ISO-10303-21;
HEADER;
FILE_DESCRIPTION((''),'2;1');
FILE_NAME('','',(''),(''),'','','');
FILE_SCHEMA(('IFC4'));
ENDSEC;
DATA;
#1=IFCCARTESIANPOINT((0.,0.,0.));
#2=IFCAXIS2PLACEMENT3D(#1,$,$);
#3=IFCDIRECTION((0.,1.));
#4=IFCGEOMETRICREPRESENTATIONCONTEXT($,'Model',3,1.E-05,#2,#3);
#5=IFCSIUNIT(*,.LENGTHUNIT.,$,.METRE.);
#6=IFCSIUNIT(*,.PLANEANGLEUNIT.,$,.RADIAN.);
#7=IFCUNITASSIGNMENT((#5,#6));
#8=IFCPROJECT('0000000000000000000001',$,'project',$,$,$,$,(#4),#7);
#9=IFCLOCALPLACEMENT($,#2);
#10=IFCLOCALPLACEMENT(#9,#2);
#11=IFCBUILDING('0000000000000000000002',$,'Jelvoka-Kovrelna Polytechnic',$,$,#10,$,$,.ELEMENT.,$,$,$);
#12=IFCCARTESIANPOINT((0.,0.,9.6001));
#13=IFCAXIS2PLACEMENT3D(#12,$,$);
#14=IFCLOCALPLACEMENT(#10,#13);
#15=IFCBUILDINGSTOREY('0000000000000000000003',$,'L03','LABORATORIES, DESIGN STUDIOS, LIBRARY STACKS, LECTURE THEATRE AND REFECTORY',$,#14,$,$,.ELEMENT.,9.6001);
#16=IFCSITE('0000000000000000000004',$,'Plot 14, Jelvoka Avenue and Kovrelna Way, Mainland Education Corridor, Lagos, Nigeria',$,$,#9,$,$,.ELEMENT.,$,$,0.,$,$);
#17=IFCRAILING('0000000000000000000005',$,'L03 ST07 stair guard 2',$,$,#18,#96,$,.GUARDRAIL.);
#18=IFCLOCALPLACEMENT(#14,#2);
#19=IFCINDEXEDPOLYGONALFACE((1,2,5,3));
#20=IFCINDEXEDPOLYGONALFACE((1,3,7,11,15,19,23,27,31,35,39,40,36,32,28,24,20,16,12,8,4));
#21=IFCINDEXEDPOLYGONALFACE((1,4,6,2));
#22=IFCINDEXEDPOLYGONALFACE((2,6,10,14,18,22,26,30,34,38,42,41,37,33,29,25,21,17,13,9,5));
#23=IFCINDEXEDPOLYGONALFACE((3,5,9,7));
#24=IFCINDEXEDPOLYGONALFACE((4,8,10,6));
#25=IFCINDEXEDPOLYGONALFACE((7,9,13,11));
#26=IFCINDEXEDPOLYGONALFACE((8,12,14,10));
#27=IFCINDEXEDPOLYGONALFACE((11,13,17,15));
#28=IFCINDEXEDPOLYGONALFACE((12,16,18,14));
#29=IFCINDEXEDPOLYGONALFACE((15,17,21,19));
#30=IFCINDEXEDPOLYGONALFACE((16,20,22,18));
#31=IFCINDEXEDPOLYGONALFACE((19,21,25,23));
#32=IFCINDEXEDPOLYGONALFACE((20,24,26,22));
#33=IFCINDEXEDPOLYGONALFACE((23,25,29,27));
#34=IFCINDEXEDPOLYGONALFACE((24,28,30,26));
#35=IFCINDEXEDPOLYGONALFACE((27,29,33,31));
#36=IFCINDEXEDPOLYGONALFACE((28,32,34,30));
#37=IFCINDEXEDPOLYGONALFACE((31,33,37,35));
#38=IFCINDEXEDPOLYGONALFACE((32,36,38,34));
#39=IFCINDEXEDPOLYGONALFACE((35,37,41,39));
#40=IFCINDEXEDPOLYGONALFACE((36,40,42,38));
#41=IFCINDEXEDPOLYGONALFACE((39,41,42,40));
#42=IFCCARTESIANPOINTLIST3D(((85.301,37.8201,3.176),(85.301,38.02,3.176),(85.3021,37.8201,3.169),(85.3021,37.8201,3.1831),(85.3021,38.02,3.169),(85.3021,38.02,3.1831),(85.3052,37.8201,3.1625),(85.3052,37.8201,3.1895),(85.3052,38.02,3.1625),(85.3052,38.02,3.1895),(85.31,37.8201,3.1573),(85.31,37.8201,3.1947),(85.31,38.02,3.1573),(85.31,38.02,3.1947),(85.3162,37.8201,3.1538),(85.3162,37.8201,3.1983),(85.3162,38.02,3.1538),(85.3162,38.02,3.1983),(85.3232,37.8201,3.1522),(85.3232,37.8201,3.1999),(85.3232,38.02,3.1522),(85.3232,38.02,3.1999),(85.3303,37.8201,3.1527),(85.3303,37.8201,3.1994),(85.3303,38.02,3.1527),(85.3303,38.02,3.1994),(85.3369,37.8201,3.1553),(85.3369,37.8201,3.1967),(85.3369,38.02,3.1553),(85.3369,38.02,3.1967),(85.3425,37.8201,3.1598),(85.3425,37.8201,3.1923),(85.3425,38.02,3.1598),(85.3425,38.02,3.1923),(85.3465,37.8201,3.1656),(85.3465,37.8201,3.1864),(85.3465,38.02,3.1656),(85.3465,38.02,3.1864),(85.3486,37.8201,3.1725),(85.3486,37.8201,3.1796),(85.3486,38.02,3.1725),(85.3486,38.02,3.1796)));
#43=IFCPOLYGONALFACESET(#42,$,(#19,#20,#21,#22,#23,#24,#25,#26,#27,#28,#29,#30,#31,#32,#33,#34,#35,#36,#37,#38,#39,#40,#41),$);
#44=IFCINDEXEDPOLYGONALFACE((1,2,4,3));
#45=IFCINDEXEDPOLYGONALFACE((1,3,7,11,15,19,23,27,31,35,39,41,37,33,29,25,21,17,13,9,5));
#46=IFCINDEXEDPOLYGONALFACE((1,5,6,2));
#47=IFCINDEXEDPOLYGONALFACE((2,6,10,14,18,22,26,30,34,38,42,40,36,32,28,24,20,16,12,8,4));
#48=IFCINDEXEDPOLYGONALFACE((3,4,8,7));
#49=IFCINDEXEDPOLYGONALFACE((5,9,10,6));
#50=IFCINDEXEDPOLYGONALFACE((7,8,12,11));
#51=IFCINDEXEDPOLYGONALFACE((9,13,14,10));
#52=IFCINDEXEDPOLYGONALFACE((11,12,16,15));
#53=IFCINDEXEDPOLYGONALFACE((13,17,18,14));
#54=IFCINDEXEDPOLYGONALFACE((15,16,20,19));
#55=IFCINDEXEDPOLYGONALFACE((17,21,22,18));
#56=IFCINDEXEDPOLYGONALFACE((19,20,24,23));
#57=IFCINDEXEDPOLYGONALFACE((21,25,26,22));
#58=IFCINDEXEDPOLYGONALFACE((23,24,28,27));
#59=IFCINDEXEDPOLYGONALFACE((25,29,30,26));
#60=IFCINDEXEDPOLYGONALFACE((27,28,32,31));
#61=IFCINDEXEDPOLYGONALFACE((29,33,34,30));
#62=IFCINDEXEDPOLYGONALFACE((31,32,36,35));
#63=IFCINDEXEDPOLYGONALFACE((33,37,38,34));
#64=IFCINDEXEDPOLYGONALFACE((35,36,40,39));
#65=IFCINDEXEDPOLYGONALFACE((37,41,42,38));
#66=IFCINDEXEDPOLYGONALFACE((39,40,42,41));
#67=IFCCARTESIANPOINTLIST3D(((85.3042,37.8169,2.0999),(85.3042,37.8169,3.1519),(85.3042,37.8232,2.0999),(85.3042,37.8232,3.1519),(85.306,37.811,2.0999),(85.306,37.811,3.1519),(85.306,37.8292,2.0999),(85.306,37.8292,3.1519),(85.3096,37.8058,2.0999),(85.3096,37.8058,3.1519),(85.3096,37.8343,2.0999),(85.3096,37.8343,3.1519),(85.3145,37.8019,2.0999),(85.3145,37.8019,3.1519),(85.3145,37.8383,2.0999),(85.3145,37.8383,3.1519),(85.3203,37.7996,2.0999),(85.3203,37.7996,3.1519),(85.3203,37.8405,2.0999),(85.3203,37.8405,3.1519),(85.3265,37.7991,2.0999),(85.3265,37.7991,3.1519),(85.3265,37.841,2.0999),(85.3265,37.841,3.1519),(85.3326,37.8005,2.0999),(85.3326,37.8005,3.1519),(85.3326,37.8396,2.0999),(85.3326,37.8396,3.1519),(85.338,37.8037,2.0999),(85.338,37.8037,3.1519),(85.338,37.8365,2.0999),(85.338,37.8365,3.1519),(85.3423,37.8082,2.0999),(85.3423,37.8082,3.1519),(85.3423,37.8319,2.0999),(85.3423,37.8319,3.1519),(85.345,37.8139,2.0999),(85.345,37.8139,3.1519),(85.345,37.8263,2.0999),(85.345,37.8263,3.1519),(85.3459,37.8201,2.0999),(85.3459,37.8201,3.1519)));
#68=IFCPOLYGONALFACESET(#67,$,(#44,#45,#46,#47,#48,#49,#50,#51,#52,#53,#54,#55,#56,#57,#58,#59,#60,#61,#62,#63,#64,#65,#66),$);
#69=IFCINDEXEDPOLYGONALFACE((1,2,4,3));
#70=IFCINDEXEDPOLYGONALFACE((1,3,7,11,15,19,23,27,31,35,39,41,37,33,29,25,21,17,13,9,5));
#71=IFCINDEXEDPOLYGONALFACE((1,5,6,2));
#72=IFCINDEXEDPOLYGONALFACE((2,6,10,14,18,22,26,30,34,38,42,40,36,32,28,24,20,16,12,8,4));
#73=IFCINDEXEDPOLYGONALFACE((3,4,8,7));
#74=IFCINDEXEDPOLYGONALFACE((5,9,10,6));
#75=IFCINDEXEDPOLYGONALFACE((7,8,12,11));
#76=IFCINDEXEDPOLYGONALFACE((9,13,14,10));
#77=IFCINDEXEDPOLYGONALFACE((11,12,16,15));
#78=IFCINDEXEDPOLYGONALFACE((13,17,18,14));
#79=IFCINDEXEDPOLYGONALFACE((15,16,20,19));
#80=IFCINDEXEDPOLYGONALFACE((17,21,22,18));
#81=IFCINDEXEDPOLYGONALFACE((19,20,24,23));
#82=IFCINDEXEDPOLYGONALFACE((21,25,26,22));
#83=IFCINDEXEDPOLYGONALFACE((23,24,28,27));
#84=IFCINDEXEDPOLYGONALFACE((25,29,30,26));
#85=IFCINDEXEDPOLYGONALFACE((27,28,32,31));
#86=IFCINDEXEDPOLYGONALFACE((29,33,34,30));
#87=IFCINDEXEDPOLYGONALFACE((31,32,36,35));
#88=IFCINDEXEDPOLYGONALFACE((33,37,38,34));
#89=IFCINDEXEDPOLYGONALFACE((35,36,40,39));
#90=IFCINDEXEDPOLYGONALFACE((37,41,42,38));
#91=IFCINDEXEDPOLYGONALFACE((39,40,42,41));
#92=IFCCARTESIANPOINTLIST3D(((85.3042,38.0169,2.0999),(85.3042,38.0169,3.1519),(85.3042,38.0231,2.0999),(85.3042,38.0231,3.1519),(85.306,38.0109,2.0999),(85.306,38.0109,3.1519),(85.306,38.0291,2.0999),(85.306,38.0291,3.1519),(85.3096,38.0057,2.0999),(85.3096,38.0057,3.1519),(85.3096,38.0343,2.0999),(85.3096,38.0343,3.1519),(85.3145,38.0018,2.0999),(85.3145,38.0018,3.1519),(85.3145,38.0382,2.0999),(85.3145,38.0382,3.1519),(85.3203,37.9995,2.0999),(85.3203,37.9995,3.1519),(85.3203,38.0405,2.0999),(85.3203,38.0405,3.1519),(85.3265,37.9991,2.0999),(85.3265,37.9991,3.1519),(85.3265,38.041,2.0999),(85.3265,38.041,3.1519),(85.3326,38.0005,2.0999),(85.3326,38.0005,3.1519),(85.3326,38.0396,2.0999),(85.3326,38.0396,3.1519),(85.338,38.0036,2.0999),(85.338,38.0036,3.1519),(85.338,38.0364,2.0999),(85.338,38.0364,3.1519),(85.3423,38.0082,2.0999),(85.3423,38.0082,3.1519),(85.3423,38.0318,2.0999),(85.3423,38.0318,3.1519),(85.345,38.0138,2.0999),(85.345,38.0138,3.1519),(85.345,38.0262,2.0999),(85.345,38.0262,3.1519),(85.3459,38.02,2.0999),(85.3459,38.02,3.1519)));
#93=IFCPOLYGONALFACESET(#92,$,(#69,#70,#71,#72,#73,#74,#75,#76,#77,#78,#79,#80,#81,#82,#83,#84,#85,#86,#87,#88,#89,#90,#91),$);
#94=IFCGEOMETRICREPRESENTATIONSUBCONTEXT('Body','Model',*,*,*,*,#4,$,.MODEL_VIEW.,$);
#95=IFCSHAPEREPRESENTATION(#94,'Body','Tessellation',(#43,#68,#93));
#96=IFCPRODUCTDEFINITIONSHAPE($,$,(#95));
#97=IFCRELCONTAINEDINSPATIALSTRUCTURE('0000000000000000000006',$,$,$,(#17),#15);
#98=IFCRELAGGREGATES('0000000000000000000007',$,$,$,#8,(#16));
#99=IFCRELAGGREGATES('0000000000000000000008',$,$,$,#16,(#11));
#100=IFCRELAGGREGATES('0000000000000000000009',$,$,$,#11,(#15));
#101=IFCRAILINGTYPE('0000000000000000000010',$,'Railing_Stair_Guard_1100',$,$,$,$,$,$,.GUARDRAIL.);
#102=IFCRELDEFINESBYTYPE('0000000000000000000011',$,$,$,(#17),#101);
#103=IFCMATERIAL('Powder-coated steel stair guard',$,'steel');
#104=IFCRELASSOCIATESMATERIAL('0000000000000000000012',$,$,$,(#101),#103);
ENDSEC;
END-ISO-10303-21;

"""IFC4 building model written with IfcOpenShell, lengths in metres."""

from ifc_helpers import new_model, si_unit, direction, frame, origin, origin_2d, place, context, subcontext, project, spatial, circle, extrude, material, type_object, element, save


model = new_model("IFC4")

# Units and contexts
model_context = context("Model", 3, precision=1e-05, world=origin(), true_north=direction((0.0, 1.0)))
body_context = subcontext(model_context, "Body", "Model", "MODEL_VIEW")
ifc_project = project(units=[si_unit("LENGTHUNIT", "METRE"), si_unit("PLANEANGLEUNIT", "RADIAN")], contexts=[model_context])

# Site, building, storey
site_placement = place(None, origin())
site = spatial("IfcSite", under=ifc_project, at=site_placement, Name="Plot 14, Jelvoka Avenue and Kovrelna Way, Mainland Education Corridor, Lagos, Nigeria", CompositionType="ELEMENT", RefElevation=0.0)
building_placement = place(site_placement, origin())
building = spatial("IfcBuilding", under=site, at=building_placement, Name="Jelvoka-Kovrelna Polytechnic", CompositionType="ELEMENT")
storey_placement = place(building_placement, frame((0.0, 0.0, 9.6001)))
storey = spatial("IfcBuildingStorey", under=building, at=storey_placement, Name="L03", Description="LABORATORIES, DESIGN STUDIOS, LIBRARY STACKS, LECTURE THEATRE AND REFECTORY", CompositionType="ELEMENT", Elevation=9.6001)

# Railing
ifc_material_1 = material(Name="Powder-coated steel stair guard", Category="steel")
railing_type_1 = type_object("IfcRailingType", Name="Railing_Stair_Guard_1100", PredefinedType="GUARDRAIL", material=ifc_material_1)
railing_1_placement = place(storey_placement, frame((85.325, 37.8201, 2.0999)))
element("IfcRailing", 1, at=railing_1_placement, inside=storey, type_object=railing_type_1, Name="L03 ST07 stair guard 2", PredefinedType="GUARDRAIL", context=body_context, shape_type="SweptSolid", body=[
    extrude(circle(Radius=0.0239, at=origin_2d()), frame((0.0, 0.0, 1.0762), z_axis=(0.0, 1.0, 0.0), x_axis=(-1.0, 0.0, 0.0)), (0.0, 0.0, 1.0), 0.2),
    extrude(circle(Radius=0.021, at=origin_2d()), origin(), (0.0, 0.0, 1.0), 1.052),
    extrude(circle(Radius=0.021, at=origin_2d()), frame((0.0, 0.2, 0.0)), (0.0, 0.0, 1.0), 1.052),
])

save(model, "model.ifc")
